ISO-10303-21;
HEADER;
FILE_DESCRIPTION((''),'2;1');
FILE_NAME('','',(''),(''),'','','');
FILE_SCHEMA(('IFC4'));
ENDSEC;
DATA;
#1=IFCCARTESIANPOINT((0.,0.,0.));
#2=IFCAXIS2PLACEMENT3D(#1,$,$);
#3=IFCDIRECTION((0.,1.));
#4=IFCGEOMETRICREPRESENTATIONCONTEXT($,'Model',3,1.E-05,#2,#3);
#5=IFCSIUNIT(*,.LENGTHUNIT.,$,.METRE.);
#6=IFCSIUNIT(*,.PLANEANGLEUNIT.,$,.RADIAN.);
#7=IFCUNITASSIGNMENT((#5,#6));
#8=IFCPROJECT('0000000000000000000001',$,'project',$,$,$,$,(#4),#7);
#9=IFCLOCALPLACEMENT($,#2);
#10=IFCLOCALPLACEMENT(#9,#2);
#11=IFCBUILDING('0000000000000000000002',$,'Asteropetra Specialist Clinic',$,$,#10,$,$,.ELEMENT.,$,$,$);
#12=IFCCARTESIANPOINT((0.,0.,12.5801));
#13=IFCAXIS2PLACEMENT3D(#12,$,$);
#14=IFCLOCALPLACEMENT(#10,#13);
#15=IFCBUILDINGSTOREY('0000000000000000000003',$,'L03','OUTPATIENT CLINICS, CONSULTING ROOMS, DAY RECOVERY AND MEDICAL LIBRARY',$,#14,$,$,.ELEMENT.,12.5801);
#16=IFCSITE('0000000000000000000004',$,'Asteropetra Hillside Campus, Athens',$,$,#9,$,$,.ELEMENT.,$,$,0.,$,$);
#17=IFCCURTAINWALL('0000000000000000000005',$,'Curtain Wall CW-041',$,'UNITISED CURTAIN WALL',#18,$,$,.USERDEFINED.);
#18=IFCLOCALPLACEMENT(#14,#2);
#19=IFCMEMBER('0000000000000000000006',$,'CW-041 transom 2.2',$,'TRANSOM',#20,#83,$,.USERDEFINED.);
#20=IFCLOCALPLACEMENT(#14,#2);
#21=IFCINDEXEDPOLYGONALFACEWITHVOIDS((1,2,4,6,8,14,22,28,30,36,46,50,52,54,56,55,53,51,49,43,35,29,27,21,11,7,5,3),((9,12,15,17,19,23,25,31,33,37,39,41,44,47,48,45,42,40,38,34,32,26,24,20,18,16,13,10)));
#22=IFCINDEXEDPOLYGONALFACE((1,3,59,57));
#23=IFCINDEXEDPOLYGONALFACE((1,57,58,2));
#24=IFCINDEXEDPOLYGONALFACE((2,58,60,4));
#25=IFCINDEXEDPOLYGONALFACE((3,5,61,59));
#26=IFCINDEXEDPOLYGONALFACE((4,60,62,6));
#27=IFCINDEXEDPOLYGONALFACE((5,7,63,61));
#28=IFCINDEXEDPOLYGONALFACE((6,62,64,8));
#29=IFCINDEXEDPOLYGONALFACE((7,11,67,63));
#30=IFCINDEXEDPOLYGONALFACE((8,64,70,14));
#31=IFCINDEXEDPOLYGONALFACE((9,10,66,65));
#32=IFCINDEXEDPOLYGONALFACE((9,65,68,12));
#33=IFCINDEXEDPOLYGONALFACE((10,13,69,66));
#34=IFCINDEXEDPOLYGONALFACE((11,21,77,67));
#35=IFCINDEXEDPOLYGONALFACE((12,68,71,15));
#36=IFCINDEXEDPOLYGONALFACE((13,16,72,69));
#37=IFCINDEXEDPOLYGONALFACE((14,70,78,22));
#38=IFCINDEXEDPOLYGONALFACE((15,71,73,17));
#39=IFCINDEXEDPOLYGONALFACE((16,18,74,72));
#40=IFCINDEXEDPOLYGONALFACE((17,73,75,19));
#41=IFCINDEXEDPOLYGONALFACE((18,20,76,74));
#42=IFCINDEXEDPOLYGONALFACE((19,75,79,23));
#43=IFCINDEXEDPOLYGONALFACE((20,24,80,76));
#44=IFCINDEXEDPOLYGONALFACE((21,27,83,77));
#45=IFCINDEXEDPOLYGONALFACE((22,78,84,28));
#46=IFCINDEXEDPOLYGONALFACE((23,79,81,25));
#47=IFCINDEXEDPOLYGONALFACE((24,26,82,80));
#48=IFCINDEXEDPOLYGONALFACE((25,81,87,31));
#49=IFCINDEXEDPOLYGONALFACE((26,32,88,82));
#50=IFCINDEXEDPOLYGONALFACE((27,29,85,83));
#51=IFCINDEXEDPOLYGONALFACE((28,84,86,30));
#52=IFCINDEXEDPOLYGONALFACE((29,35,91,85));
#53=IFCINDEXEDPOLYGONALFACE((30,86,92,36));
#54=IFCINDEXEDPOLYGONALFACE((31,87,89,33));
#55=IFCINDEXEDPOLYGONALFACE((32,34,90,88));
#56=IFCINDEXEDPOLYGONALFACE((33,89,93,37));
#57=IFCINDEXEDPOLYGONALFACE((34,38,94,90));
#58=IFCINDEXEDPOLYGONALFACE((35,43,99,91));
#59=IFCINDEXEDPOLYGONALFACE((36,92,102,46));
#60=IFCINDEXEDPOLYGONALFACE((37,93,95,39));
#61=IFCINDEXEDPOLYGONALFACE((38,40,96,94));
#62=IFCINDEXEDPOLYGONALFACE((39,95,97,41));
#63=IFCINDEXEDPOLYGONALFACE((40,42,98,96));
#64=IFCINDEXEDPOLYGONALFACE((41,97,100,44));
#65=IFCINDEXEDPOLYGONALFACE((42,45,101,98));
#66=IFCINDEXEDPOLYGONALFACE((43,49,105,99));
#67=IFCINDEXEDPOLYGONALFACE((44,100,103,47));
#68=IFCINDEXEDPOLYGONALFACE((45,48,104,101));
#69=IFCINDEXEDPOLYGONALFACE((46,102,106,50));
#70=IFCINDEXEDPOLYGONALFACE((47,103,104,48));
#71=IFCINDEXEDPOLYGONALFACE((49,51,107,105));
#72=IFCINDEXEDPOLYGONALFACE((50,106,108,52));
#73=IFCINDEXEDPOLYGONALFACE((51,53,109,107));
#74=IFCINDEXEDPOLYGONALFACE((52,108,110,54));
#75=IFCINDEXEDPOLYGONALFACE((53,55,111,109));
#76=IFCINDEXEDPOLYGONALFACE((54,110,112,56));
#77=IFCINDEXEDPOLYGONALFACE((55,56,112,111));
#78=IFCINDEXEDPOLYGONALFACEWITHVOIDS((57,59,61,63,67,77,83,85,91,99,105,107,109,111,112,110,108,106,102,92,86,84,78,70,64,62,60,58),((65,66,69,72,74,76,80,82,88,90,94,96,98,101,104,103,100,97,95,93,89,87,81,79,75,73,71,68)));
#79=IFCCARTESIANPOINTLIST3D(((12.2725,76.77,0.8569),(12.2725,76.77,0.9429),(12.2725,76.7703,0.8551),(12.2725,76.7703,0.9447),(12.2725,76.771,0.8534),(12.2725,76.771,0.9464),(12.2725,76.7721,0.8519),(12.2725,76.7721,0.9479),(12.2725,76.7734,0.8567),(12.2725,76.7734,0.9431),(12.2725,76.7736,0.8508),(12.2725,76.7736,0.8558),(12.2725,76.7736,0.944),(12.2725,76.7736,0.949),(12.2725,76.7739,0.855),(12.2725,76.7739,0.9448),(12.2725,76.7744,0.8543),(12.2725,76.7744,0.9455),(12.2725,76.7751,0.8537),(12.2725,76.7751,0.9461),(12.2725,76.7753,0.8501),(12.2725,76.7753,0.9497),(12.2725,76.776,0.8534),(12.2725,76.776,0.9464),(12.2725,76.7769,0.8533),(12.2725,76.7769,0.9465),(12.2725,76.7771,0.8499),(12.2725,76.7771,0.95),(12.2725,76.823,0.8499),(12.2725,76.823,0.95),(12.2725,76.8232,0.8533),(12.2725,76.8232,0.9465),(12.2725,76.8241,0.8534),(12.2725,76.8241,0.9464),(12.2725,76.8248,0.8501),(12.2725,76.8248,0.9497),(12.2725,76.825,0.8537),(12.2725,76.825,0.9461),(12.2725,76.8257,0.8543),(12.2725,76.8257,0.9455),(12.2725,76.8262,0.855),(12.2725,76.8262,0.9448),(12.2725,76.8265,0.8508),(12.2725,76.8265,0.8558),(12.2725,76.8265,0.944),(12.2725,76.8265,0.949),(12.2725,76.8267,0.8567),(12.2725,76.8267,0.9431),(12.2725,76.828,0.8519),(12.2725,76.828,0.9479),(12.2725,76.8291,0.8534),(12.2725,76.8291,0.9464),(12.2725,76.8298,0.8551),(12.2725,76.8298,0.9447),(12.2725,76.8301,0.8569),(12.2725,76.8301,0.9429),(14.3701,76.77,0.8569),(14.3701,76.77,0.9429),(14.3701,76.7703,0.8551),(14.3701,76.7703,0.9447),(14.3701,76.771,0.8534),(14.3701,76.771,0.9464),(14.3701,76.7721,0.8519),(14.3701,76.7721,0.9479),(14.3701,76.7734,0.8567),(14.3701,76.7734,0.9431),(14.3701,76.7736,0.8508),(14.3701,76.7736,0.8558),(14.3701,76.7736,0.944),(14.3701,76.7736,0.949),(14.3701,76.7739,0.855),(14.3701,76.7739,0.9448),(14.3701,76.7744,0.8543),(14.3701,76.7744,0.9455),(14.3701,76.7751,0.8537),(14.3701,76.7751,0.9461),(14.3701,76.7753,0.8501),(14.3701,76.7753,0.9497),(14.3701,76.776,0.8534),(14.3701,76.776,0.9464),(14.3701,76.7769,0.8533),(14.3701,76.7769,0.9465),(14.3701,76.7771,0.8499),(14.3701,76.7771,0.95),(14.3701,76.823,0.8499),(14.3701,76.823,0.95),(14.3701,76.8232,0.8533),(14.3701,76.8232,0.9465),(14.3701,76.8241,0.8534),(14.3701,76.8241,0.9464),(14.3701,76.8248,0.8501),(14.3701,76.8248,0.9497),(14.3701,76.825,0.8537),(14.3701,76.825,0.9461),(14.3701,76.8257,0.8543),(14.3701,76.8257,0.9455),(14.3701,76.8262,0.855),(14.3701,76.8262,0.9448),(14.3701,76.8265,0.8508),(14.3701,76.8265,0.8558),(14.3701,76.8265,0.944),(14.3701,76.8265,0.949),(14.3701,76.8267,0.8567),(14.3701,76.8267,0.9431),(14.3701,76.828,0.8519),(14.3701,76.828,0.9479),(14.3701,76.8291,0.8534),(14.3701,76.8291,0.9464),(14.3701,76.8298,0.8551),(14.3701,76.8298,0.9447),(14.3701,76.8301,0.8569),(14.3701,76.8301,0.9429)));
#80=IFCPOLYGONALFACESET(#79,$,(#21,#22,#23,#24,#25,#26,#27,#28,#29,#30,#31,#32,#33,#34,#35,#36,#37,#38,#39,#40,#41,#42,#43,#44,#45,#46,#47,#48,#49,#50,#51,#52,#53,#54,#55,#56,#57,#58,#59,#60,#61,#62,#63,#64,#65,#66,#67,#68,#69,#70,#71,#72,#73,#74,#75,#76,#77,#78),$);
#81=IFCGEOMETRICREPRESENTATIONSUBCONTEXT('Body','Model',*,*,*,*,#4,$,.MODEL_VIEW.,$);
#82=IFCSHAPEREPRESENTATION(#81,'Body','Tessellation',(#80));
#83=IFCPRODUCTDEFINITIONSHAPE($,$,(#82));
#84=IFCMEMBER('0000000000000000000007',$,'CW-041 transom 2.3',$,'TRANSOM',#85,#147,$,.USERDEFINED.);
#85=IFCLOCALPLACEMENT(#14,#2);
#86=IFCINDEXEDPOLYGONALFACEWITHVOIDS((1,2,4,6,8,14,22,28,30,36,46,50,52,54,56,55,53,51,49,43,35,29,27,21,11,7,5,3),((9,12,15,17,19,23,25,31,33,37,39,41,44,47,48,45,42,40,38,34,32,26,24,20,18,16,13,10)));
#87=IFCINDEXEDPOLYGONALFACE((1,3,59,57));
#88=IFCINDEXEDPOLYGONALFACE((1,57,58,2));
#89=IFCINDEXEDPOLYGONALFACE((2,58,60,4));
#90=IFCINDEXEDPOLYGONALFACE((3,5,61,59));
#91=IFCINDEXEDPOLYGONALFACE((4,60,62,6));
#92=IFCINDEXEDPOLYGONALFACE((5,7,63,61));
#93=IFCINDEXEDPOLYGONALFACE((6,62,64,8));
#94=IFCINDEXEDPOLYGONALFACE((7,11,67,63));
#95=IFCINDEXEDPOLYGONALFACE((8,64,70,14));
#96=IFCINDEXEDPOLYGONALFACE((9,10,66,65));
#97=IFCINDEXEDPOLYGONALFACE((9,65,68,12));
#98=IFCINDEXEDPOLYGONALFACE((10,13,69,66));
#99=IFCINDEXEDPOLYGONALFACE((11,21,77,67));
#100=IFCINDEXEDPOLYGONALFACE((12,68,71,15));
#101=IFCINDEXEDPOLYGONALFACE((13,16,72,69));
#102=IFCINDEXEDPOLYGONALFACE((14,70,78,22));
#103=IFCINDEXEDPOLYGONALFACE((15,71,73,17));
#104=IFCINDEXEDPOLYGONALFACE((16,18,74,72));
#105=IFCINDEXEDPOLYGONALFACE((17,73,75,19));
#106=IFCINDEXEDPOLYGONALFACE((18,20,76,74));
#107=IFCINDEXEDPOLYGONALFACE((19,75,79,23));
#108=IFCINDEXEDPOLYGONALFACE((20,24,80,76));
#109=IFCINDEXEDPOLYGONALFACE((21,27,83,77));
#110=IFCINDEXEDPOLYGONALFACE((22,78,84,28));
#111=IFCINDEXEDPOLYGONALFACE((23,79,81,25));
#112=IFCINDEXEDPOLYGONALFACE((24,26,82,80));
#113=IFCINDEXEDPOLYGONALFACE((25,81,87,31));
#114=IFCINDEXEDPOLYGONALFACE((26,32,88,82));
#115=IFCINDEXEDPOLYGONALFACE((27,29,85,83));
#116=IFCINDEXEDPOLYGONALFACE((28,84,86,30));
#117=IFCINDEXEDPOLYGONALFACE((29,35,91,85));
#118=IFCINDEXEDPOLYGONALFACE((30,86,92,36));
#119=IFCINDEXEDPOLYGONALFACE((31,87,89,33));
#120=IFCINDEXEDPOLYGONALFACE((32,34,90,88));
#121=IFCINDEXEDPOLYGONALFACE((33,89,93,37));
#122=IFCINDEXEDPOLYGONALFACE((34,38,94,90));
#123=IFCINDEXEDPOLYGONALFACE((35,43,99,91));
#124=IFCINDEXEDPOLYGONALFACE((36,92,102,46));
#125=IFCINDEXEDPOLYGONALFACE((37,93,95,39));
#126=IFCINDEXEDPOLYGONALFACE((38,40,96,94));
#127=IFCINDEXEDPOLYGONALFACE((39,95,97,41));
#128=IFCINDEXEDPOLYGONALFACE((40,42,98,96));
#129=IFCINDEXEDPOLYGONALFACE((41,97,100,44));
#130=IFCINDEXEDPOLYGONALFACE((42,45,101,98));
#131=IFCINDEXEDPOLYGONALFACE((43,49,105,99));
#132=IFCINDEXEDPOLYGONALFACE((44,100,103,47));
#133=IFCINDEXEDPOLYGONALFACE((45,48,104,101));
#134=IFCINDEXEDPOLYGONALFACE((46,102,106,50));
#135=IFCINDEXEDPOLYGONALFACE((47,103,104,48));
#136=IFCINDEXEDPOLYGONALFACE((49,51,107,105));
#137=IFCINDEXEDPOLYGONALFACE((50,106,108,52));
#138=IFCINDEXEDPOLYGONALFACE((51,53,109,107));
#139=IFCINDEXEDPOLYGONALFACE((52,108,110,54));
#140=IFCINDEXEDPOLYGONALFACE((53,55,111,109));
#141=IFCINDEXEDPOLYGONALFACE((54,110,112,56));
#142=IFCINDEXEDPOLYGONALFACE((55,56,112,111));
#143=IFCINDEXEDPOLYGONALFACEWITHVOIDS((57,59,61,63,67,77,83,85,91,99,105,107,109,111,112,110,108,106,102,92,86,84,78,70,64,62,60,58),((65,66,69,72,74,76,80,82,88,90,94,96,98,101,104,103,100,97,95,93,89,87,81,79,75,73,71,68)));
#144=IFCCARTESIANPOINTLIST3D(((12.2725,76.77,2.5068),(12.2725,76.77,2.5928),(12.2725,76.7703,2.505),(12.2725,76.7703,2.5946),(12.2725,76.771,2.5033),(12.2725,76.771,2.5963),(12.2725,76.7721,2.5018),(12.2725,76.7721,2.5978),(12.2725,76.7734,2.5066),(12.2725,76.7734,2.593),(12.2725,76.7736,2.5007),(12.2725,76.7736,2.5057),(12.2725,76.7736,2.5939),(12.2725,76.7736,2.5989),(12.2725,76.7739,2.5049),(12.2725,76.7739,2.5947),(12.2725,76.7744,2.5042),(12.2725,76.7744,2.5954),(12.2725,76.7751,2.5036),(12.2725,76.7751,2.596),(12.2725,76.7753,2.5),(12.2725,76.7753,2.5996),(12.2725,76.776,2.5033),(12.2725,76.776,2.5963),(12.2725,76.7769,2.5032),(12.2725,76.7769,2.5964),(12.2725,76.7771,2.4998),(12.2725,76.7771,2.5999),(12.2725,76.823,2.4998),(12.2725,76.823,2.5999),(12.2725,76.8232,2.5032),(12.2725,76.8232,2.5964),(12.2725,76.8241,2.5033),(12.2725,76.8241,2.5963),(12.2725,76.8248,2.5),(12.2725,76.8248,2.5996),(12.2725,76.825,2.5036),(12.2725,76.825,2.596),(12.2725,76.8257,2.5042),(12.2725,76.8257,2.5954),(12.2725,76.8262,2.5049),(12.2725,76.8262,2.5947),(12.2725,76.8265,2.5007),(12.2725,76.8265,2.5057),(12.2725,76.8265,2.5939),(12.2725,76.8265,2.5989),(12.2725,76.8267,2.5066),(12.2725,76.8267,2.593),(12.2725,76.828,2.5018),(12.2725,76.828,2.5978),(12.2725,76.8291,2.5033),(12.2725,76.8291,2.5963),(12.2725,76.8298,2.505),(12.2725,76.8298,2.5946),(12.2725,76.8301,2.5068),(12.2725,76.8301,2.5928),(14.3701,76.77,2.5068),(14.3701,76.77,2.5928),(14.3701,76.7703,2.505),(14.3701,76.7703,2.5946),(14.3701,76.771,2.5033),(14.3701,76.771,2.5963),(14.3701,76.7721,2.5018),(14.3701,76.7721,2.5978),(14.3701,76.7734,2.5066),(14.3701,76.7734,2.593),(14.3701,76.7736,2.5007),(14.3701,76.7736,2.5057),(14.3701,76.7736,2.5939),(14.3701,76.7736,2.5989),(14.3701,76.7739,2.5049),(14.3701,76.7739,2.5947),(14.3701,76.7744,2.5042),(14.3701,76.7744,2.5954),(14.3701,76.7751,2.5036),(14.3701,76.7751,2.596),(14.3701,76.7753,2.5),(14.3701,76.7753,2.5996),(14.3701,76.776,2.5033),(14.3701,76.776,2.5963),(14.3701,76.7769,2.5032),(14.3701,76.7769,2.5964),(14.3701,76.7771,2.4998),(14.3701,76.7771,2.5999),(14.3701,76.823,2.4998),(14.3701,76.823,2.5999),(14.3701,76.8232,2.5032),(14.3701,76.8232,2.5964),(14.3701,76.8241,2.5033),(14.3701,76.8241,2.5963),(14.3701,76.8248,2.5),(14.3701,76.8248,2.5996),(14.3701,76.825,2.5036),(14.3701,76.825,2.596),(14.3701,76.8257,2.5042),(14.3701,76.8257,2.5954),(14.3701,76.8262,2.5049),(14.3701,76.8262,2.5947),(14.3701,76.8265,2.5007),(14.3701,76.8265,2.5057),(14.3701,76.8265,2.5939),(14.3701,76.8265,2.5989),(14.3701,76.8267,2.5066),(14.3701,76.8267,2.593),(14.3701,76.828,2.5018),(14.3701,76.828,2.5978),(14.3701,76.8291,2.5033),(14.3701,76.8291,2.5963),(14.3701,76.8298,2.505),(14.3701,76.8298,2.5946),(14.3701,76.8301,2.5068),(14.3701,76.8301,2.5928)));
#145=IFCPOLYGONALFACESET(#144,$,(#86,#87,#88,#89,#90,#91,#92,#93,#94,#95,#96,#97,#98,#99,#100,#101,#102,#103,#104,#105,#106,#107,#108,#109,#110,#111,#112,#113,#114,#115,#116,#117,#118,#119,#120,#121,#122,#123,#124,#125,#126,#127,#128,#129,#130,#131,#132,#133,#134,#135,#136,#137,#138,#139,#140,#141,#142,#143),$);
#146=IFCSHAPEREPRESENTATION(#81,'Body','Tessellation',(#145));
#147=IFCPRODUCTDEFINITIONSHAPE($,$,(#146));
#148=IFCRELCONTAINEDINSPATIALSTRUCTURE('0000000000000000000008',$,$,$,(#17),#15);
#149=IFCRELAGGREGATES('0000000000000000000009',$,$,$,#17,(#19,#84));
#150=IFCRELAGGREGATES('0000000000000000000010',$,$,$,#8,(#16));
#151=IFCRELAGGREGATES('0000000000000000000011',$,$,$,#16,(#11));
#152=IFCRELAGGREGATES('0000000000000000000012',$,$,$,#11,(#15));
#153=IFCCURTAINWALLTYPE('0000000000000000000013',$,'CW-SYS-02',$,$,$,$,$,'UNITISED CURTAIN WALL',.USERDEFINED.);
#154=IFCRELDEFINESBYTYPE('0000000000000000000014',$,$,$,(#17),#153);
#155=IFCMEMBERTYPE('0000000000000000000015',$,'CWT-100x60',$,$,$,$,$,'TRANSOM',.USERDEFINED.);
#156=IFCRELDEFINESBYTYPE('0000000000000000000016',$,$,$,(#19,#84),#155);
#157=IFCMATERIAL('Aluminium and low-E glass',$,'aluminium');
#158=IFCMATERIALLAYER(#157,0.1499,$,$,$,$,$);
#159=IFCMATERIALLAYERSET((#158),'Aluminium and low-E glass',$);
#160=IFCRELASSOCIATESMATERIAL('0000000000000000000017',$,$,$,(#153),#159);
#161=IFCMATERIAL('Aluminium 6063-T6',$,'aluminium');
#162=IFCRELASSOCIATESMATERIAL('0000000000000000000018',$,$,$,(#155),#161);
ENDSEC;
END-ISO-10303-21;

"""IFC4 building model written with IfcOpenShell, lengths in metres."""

from ifc_helpers import new_model, si_unit, direction, frame, origin, origin_2d, place, context, subcontext, project, spatial, hollow_rectangle, extrude, material, layer, layer_set, material_profile, profile_set, type_object, element, aggregate, save


model = new_model("IFC4")

# Units and contexts
model_context = context("Model", 3, precision=1e-05, world=origin(), true_north=direction((0.0, 1.0)))
body_context = subcontext(model_context, "Body", "Model", "MODEL_VIEW")
ifc_project = project(units=[si_unit("LENGTHUNIT", "METRE"), si_unit("PLANEANGLEUNIT", "RADIAN")], contexts=[model_context])

# Site, building, storey
site_placement = place(None, origin())
site = spatial("IfcSite", under=ifc_project, at=site_placement, Name="Asteropetra Hillside Campus, Athens", CompositionType="ELEMENT", RefElevation=0.0)
building_placement = place(site_placement, origin())
building = spatial("IfcBuilding", under=site, at=building_placement, Name="Asteropetra Specialist Clinic", CompositionType="ELEMENT")
storey_placement = place(building_placement, frame((0.0, 0.0, 12.5801)))
storey = spatial("IfcBuildingStorey", under=building, at=storey_placement, Name="L03", Description="OUTPATIENT CLINICS, CONSULTING ROOMS, DAY RECOVERY AND MEDICAL LIBRARY", CompositionType="ELEMENT", Elevation=12.5801)

# Curtain wall, members
ifc_material_1 = material(Name="Aluminium and low-E glass", Category="aluminium")
ifc_layer_1 = layer(ifc_material_1, 0.1499)
ifc_layer_set_1 = layer_set([ifc_layer_1], Name="Aluminium and low-E glass")
curtain_wall_type = type_object("IfcCurtainWallType", Name="CW-SYS-02", ElementType="UNITISED CURTAIN WALL", PredefinedType="USERDEFINED", material=ifc_layer_set_1)
curtain_wall_placement = place(storey_placement, origin())
curtain_wall = element("IfcCurtainWall", 1, at=curtain_wall_placement, inside=storey, type_object=curtain_wall_type, Name="Curtain Wall CW-041", ObjectType="UNITISED CURTAIN WALL", PredefinedType="USERDEFINED")
ifc_material_2 = material(Name="Aluminium 6063-T6", Category="aluminium")
ifc_material_profile_1 = material_profile(ifc_material_2, hollow_rectangle(XDim=0.0601, YDim=0.1001, WallThickness=0.0034, InnerFilletRadius=0.0034, OuterFilletRadius=0.0071, at=origin_2d()), Name="TRN 100x60x3.5")
ifc_profile_set_1 = profile_set([ifc_material_profile_1], Name="Aluminium 6063-T6")
member_type_1 = type_object("IfcMemberType", Name="CWT-100x60", ElementType="TRANSOM", PredefinedType="USERDEFINED", material=ifc_profile_set_1)
member_1_placement = place(storey_placement, frame((12.2725, 76.8, 0.8999), z_axis=(1.0, 0.0, 0.0), x_axis=(0.0, 1.0, 0.0)))
member_1 = element("IfcMember", 2, at=member_1_placement, type_object=member_type_1, Name="CW-041 transom 2.2", ObjectType="TRANSOM", PredefinedType="USERDEFINED", context=body_context, shape_type="SweptSolid", body=[
    extrude(hollow_rectangle(XDim=0.0601, YDim=0.1001, WallThickness=0.0034, InnerFilletRadius=0.0034, OuterFilletRadius=0.0071, at=origin_2d()), origin(), (0.0, 0.0, 1.0), 2.0977),
])
member_2_placement = place(storey_placement, frame((12.2725, 76.8, 2.5498), z_axis=(1.0, 0.0, 0.0), x_axis=(0.0, 1.0, 0.0)))
member_2 = element("IfcMember", 3, at=member_2_placement, type_object=member_type_1, Name="CW-041 transom 2.3", ObjectType="TRANSOM", PredefinedType="USERDEFINED", context=body_context, shape_type="SweptSolid", body=[
    extrude(hollow_rectangle(XDim=0.0601, YDim=0.1001, WallThickness=0.0034, InnerFilletRadius=0.0034, OuterFilletRadius=0.0071, at=origin_2d()), origin(), (0.0, 0.0, 1.0), 2.0977),
])

aggregate(curtain_wall, [member_1, member_2])

save(model, "model.ifc")
